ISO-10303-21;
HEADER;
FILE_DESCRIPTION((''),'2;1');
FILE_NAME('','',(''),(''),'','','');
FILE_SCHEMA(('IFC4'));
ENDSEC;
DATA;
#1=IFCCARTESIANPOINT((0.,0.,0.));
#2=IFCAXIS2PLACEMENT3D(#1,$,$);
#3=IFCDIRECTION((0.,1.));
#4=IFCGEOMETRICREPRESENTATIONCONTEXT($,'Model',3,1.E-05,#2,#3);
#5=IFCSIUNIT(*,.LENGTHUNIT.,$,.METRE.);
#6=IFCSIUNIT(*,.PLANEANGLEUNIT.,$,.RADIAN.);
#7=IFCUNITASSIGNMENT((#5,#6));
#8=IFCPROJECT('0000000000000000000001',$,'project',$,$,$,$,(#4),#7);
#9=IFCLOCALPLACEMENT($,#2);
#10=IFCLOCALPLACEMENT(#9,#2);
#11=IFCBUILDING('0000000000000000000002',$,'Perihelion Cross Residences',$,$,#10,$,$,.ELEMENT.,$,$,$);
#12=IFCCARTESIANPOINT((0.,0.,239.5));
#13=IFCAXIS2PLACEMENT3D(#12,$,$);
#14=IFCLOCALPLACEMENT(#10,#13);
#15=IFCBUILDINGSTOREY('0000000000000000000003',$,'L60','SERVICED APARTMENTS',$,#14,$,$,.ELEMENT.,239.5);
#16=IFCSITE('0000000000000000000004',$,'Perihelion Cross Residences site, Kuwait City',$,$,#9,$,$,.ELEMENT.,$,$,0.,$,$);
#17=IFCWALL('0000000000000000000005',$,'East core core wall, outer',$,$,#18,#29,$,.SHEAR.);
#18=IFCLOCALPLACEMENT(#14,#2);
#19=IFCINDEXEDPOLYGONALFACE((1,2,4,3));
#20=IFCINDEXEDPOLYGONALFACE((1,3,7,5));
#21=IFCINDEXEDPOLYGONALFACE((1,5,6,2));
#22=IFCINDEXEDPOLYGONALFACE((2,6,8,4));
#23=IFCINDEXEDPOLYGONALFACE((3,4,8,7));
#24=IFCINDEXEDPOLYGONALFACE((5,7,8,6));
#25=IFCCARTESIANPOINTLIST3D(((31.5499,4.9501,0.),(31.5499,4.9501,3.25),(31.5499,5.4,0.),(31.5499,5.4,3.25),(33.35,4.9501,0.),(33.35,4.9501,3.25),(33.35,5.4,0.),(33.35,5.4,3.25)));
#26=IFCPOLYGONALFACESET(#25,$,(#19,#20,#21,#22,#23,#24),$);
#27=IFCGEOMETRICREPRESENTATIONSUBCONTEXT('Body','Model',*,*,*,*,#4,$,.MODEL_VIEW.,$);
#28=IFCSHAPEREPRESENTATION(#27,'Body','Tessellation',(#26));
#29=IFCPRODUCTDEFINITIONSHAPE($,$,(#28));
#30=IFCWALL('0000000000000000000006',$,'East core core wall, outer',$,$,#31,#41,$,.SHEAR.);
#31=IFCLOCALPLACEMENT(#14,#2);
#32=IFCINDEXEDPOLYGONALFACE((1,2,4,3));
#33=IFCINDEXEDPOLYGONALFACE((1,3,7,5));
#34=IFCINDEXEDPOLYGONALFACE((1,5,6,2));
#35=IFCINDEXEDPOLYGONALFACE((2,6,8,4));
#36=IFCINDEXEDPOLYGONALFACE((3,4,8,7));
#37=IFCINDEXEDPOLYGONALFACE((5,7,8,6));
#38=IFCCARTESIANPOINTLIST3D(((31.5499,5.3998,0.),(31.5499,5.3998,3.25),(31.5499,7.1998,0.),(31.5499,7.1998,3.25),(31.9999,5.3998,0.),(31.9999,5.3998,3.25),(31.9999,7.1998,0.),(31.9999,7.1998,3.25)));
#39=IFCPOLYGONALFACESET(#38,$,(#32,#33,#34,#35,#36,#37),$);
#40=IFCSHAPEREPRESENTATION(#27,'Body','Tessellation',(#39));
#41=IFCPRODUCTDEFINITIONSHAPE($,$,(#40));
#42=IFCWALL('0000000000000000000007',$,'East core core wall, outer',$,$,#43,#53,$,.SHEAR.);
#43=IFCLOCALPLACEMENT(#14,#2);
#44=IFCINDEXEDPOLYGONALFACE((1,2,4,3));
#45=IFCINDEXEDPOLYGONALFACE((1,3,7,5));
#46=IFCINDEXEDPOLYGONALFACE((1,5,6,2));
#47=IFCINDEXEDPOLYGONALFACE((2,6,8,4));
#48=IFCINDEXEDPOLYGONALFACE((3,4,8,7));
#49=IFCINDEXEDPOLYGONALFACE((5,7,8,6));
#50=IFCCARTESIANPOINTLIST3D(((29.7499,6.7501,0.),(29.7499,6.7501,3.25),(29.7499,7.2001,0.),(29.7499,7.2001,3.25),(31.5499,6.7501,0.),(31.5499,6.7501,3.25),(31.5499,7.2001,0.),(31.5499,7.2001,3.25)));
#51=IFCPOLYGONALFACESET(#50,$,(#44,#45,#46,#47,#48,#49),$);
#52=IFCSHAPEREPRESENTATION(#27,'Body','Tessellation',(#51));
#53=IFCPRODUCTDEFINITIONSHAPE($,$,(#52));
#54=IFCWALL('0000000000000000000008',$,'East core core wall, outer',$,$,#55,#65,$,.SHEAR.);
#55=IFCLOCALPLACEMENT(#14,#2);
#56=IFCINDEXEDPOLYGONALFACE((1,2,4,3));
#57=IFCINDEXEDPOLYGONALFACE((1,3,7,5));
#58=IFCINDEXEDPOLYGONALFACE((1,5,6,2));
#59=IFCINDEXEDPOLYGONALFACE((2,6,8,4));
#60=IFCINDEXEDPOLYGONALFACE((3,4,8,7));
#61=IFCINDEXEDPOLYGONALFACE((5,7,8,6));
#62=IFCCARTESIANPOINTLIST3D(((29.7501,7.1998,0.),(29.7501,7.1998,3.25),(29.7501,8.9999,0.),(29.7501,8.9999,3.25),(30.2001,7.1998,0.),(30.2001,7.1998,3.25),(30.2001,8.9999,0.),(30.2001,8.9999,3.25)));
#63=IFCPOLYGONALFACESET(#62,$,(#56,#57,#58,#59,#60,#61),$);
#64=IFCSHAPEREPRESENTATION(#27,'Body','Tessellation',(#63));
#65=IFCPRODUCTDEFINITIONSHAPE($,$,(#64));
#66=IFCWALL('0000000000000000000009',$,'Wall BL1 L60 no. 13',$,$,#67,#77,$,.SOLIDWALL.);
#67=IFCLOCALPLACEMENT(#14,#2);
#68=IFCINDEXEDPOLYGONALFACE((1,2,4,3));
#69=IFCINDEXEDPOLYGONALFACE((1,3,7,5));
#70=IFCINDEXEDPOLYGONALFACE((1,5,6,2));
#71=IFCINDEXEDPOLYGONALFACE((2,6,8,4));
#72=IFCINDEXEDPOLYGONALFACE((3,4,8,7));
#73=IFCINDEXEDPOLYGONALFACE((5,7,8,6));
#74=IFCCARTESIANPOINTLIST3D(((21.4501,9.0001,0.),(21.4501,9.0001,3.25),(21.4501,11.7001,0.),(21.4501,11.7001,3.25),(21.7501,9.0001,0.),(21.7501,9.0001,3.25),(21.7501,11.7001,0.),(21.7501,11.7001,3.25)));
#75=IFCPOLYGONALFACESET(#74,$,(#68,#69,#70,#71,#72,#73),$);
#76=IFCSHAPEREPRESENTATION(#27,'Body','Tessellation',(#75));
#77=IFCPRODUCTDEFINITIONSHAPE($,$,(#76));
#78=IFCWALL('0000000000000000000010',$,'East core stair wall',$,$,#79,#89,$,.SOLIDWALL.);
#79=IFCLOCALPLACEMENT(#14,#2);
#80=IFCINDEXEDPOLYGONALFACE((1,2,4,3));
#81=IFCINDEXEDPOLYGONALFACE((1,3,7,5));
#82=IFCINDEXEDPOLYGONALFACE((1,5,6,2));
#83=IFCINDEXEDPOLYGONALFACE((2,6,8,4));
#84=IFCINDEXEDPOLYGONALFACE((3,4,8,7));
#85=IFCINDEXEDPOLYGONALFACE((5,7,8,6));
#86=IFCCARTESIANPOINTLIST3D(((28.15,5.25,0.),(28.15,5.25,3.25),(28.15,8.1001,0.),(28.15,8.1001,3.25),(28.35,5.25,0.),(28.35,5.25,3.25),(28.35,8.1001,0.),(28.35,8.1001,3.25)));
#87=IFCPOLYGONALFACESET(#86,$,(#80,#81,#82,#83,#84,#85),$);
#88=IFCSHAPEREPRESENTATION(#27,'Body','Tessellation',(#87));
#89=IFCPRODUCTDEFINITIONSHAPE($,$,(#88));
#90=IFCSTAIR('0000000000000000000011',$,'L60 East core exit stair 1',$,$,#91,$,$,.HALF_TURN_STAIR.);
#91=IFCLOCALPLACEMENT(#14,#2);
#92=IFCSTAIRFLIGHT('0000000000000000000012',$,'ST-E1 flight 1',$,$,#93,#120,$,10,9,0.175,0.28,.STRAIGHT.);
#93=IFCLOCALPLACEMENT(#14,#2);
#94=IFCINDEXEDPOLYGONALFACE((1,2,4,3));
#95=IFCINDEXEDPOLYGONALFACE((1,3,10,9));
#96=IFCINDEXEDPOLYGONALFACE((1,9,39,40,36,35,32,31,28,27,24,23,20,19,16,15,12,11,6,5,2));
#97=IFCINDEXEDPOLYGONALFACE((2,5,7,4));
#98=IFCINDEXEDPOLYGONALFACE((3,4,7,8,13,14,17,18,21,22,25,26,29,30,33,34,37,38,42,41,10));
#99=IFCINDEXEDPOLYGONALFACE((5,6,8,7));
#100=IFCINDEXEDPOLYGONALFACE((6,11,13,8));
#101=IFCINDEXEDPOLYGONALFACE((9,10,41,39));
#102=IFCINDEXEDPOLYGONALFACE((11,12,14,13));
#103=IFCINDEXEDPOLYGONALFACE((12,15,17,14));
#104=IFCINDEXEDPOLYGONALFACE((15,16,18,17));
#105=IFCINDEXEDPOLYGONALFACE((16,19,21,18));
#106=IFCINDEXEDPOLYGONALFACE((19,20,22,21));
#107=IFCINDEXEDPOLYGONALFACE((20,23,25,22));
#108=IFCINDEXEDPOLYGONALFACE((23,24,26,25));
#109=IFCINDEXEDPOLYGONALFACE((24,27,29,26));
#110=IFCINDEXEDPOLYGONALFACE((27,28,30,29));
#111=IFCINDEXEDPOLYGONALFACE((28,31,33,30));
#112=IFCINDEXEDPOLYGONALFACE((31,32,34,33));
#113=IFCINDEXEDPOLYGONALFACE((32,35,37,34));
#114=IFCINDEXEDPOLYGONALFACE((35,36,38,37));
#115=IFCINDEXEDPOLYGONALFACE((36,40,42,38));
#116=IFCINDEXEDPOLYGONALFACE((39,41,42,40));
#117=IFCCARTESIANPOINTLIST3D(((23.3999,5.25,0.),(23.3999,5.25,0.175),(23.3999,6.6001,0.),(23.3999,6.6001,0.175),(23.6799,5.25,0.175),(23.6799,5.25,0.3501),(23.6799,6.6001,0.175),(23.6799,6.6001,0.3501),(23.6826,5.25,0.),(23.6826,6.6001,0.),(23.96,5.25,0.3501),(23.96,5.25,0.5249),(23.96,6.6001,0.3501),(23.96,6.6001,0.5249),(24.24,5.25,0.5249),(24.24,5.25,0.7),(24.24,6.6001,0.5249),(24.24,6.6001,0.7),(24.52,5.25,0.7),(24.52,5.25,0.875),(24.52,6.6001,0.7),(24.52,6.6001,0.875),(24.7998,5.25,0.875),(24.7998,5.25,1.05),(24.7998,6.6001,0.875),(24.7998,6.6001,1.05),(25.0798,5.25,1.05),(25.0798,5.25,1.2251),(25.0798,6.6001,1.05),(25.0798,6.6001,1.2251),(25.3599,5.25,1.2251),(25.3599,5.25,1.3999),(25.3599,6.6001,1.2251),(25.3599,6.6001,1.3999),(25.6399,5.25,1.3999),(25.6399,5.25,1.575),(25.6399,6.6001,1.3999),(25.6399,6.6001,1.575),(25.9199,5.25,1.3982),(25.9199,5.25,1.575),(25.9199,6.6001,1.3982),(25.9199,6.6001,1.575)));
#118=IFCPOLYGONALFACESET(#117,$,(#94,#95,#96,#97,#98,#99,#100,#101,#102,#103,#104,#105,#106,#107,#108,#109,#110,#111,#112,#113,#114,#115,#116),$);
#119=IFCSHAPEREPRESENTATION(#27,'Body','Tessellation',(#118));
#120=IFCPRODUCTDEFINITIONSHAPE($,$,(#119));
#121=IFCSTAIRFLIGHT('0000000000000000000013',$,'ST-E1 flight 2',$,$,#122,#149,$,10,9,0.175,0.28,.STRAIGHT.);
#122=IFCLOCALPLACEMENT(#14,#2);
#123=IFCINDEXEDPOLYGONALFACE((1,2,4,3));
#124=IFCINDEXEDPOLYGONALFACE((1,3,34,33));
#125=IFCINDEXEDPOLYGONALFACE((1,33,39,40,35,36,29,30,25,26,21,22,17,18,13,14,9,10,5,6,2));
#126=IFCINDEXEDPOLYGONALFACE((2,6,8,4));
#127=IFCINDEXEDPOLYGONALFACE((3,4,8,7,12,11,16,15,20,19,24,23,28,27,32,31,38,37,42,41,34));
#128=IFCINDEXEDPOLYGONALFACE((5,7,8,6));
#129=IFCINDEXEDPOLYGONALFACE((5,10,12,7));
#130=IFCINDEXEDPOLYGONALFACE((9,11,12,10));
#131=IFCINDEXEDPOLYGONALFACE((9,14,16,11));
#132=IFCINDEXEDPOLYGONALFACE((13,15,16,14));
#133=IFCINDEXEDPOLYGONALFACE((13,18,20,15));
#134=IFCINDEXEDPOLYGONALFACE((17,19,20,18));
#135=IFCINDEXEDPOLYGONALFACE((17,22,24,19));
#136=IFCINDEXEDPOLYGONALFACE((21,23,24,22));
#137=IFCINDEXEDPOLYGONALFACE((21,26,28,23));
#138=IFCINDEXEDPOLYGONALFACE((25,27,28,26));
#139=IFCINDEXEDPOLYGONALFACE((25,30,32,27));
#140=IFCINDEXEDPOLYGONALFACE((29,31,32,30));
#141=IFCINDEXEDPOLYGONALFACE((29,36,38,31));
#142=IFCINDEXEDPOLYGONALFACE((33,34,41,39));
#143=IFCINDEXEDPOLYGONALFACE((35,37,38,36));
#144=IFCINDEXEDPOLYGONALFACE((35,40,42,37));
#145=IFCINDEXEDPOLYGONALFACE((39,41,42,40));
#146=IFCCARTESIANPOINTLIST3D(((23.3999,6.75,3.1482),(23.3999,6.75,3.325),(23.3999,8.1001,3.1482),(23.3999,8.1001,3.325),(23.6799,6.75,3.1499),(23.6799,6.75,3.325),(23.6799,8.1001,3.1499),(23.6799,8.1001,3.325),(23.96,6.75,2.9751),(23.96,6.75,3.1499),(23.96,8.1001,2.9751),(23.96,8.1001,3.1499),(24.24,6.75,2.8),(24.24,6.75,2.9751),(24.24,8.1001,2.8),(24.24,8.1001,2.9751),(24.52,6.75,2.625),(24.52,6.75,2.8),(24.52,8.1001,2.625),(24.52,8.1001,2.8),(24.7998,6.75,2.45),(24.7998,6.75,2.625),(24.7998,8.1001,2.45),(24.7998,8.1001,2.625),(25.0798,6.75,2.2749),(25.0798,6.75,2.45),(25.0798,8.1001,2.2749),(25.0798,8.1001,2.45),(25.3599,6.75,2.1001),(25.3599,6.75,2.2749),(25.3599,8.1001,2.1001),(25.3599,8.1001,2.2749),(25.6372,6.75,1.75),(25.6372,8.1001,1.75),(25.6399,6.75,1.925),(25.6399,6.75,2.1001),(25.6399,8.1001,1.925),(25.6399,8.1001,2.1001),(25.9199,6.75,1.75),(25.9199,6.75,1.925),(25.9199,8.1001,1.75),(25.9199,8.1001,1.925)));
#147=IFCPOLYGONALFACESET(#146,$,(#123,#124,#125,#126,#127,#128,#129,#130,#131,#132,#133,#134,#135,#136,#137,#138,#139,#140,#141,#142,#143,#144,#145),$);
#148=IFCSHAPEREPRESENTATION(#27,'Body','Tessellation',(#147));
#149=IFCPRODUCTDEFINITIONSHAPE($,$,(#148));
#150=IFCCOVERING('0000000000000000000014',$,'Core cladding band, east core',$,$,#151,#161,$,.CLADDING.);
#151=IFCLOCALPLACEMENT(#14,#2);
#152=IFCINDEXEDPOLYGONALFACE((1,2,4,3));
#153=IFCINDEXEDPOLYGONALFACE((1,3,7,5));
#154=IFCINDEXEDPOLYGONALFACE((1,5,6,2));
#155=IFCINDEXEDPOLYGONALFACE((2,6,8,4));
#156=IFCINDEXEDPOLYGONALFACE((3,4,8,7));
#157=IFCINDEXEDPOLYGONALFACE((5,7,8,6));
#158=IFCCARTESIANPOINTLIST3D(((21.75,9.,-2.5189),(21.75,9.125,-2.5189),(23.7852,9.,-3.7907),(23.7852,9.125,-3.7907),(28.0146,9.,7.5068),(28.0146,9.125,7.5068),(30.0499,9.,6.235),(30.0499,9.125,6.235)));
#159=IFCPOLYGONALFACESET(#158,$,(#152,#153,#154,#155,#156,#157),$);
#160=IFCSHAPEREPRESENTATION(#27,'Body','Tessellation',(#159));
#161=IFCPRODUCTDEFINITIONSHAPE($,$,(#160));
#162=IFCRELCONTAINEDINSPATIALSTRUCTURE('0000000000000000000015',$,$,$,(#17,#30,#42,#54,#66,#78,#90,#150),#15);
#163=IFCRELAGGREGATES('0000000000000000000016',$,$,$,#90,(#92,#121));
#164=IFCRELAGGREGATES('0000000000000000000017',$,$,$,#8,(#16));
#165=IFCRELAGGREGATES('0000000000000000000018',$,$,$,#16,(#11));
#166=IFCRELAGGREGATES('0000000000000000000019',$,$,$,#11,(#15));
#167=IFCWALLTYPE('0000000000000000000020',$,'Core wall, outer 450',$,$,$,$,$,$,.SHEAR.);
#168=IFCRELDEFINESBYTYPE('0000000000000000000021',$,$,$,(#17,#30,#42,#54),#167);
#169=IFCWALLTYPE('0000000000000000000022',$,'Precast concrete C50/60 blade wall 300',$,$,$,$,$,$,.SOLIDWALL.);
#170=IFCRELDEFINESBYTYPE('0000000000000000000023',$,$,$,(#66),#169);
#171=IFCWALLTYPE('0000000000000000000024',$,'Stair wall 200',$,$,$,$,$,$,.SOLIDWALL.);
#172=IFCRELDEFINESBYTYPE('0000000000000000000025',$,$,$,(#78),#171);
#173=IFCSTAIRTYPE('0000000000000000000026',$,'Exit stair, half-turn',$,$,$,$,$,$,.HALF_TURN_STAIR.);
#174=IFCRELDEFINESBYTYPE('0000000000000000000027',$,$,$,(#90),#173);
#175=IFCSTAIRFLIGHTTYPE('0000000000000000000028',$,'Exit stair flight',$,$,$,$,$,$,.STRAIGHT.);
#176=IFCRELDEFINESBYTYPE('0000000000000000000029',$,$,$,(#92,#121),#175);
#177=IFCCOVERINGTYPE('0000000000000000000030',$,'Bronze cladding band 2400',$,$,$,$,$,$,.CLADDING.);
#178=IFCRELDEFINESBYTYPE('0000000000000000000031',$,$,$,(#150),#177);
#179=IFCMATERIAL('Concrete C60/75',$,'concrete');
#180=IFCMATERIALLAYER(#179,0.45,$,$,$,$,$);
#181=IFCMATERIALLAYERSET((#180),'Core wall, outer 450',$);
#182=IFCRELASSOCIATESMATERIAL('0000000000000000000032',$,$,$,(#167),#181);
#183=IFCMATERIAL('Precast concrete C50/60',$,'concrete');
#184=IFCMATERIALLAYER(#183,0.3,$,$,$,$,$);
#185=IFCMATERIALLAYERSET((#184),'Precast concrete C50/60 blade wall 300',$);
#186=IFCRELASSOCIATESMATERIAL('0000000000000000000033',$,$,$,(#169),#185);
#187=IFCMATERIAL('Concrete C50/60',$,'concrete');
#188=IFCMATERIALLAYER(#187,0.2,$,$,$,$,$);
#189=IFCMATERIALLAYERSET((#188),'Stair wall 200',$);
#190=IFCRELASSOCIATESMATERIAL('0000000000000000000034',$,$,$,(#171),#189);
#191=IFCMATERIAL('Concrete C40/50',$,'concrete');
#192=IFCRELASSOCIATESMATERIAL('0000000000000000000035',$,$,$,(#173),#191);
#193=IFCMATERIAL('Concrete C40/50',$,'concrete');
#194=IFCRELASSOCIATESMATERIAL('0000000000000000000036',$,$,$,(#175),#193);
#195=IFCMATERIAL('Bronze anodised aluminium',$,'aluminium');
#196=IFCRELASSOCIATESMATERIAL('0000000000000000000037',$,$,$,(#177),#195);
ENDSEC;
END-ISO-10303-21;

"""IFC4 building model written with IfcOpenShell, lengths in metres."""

from ifc_helpers import new_model, si_unit, direction, frame, frame_2d, origin, origin_2d, place, context, subcontext, project, spatial, polyline, rectangle, outline, extrude, material, layer, layer_set, material_profile, profile_set, type_object, element, aggregate, save


model = new_model("IFC4")

# Units and contexts
model_context = context("Model", 3, precision=1e-05, world=origin(), true_north=direction((0.0, 1.0)))
body_context = subcontext(model_context, "Body", "Model", "MODEL_VIEW")
ifc_project = project(units=[si_unit("LENGTHUNIT", "METRE"), si_unit("PLANEANGLEUNIT", "RADIAN")], contexts=[model_context])

# Site, building, storey
site_placement = place(None, origin())
site = spatial("IfcSite", under=ifc_project, at=site_placement, Name="Perihelion Cross Residences site, Kuwait City", CompositionType="ELEMENT", RefElevation=0.0)
building_placement = place(site_placement, origin())
building = spatial("IfcBuilding", under=site, at=building_placement, Name="Perihelion Cross Residences", CompositionType="ELEMENT")
storey_placement = place(building_placement, frame((0.0, 0.0, 239.5)))
storey = spatial("IfcBuildingStorey", under=building, at=storey_placement, Name="L60", Description="SERVICED APARTMENTS", CompositionType="ELEMENT", Elevation=239.5)

# Walls
ifc_material_1 = material(Name="Concrete C60/75", Category="concrete")
ifc_layer_1 = layer(ifc_material_1, 0.45)
ifc_layer_set_1 = layer_set([ifc_layer_1], Name="Core wall, outer 450")
wall_type_1 = type_object("IfcWallType", Name="Core wall, outer 450", PredefinedType="SHEAR", material=ifc_layer_set_1)
for number, where, z_axis, x_axis, name in (
    (1, (31.55, 5.175, 0.0), (0.0, 0.0, 1.0), (1.0, 0.0, 0.0), "East core core wall, outer"),
    (2, (31.7749, 5.3999, 0.0), (0.0, 0.0, 1.0), (0.0, 1.0, 0.0), "East core core wall, outer"),
    (3, (29.75, 6.9751, 0.0), (0.0, 0.0, 1.0), (1.0, 0.0, 0.0), "East core core wall, outer"),
    (4, (29.9751, 7.2, 0.0), (0.0, 0.0, 1.0), (0.0, 1.0, 0.0), "East core core wall, outer"),
):
    element("IfcWall", number, at=place(storey_placement, frame(where, z_axis=z_axis, x_axis=x_axis)), inside=storey, type_object=wall_type_1, Name=name, PredefinedType="SHEAR", context=body_context, shape_type="SweptSolid", body=[
        extrude(rectangle(XDim=1.8, YDim=0.45, at=frame_2d((0.8999, 0.0))), origin(), (0.0, 0.0, 1.0), 3.25),
    ])
ifc_material_2 = material(Name="Precast concrete C50/60", Category="concrete")
ifc_layer_2 = layer(ifc_material_2, 0.3)
ifc_layer_set_2 = layer_set([ifc_layer_2], Name="Precast concrete C50/60 blade wall 300")
wall_type_2 = type_object("IfcWallType", Name="Precast concrete C50/60 blade wall 300", PredefinedType="SOLIDWALL", material=ifc_layer_set_2)
wall_1_placement = place(storey_placement, frame((21.6001, 9.0, 0.0), z_axis=(0.0, 0.0, 1.0), x_axis=(0.0, 1.0, 0.0)))
element("IfcWall", 5, at=wall_1_placement, inside=storey, type_object=wall_type_2, Name="Wall BL1 L60 no. 13", PredefinedType="SOLIDWALL", context=body_context, shape_type="SweptSolid", body=[
    extrude(rectangle(XDim=2.7, YDim=0.3, at=frame_2d((1.3501, 0.0))), origin(), (0.0, 0.0, 1.0), 3.25),
])
ifc_material_3 = material(Name="Concrete C50/60", Category="concrete")
ifc_layer_3 = layer(ifc_material_3, 0.2)
ifc_layer_set_3 = layer_set([ifc_layer_3], Name="Stair wall 200")
wall_type_3 = type_object("IfcWallType", Name="Stair wall 200", PredefinedType="SOLIDWALL", material=ifc_layer_set_3)
wall_2_placement = place(storey_placement, frame((28.25, 5.25, 0.0), z_axis=(0.0, 0.0, 1.0), x_axis=(0.0, 1.0, 0.0)))
element("IfcWall", 6, at=wall_2_placement, inside=storey, type_object=wall_type_3, Name="East core stair wall", PredefinedType="SOLIDWALL", context=body_context, shape_type="SweptSolid", body=[
    extrude(rectangle(XDim=2.8501, YDim=0.2, at=frame_2d((1.425, 0.0))), origin(), (0.0, 0.0, 1.0), 3.25),
])

# Stair, stair flights
ifc_material_4 = material(Name="Concrete C40/50", Category="concrete")
stair_type = type_object("IfcStairType", Name="Exit stair, half-turn", PredefinedType="HALF_TURN_STAIR", material=ifc_material_4)
stair_placement = place(storey_placement, origin())
stair = element("IfcStair", 7, at=stair_placement, inside=storey, type_object=stair_type, Name="L60 East core exit stair 1", PredefinedType="HALF_TURN_STAIR")
ifc_material_5 = material(Name="Concrete C40/50", Category="concrete")
stair_flight_type = type_object("IfcStairFlightType", Name="Exit stair flight", PredefinedType="STRAIGHT", material=ifc_material_5)
stair_flight_1_placement = place(storey_placement, frame((23.3999, 5.925, 0.0), z_axis=(0.0, 0.0, 1.0), x_axis=(1.0, 0.0, 0.0)))
stair_flight_1 = element("IfcStairFlight", 8, at=stair_flight_1_placement, type_object=stair_flight_type, Name="ST-E1 flight 1", NumberOfRisers=10, NumberOfTreads=9, PredefinedType="STRAIGHT", RiserHeight=0.175, TreadLength=0.28, context=body_context, shape_type="SweptSolid", body=[
    extrude(outline(polyline([(0.0, 0.0), (0.0, 0.175), (0.28, 0.175), (0.28, 0.3501), (0.5601, 0.3501), (0.5601, 0.5249), (0.8401, 0.5249), (0.8401, 0.7), (1.1201, 0.7), (1.1201, 0.875), (1.3999, 0.875), (1.3999, 1.05), (1.6799, 1.05), (1.6799, 1.2251), (1.96, 1.2251), (1.96, 1.3999), (2.24, 1.3999), (2.24, 1.575), (2.52, 1.575), (2.52, 1.75), (2.52, 1.3982), (0.2827, 0.0), (0.0, 0.0)])), frame((0.0, 0.675, 0.0), z_axis=(0.0, -1.0, 0.0), x_axis=(1.0, 0.0, 0.0)), (0.0, 0.0, 1.0), 1.3501),
])
stair_flight_2_placement = place(storey_placement, frame((25.9199, 7.425, 1.75), z_axis=(0.0, 0.0, 1.0), x_axis=(-1.0, 0.0, 0.0)))
stair_flight_2 = element("IfcStairFlight", 9, at=stair_flight_2_placement, type_object=stair_flight_type, Name="ST-E1 flight 2", NumberOfRisers=10, NumberOfTreads=9, PredefinedType="STRAIGHT", RiserHeight=0.175, TreadLength=0.28, context=body_context, shape_type="SweptSolid", body=[
    extrude(outline(polyline([(0.0, 0.0), (0.0, 0.175), (0.28, 0.175), (0.28, 0.3501), (0.5601, 0.3501), (0.5601, 0.5249), (0.8401, 0.5249), (0.8401, 0.7), (1.1201, 0.7), (1.1201, 0.875), (1.3999, 0.875), (1.3999, 1.05), (1.6799, 1.05), (1.6799, 1.2251), (1.96, 1.2251), (1.96, 1.3999), (2.24, 1.3999), (2.24, 1.575), (2.52, 1.575), (2.52, 1.75), (2.52, 1.3982), (0.2827, 0.0), (0.0, 0.0)])), frame((0.0, 0.675, 0.0), z_axis=(0.0, -1.0, 0.0), x_axis=(1.0, 0.0, 0.0)), (0.0, 0.0, 1.0), 1.3501),
])
aggregate(stair, [stair_flight_1, stair_flight_2])

# Covering
ifc_material_6 = material(Name="Bronze anodised aluminium", Category="aluminium")
ifc_material_profile = material_profile(ifc_material_6, rectangle(XDim=0.125, YDim=2.3999, at=origin_2d()), Name="Bronze cladding band 2400")
ifc_profile_set = profile_set([ifc_material_profile], Name="Bronze anodised aluminium")
covering_type = type_object("IfcCoveringType", Name="Bronze cladding band 2400", PredefinedType="CLADDING", material=ifc_profile_set)
covering_placement = place(storey_placement, frame((22.7676, 9.0625, -3.1548), z_axis=(0.529915, 0.0, 0.848051), x_axis=(0.0, 1.0, 0.0)))
element("IfcCovering", 10, at=covering_placement, inside=storey, type_object=covering_type, Name="Core cladding band, east core", PredefinedType="CLADDING", context=body_context, shape_type="SweptSolid", body=[
    extrude(rectangle(XDim=0.125, YDim=2.3999, at=origin_2d()), origin(), (0.0, 0.0, 1.0), 11.822),
])

save(model, "model.ifc")
